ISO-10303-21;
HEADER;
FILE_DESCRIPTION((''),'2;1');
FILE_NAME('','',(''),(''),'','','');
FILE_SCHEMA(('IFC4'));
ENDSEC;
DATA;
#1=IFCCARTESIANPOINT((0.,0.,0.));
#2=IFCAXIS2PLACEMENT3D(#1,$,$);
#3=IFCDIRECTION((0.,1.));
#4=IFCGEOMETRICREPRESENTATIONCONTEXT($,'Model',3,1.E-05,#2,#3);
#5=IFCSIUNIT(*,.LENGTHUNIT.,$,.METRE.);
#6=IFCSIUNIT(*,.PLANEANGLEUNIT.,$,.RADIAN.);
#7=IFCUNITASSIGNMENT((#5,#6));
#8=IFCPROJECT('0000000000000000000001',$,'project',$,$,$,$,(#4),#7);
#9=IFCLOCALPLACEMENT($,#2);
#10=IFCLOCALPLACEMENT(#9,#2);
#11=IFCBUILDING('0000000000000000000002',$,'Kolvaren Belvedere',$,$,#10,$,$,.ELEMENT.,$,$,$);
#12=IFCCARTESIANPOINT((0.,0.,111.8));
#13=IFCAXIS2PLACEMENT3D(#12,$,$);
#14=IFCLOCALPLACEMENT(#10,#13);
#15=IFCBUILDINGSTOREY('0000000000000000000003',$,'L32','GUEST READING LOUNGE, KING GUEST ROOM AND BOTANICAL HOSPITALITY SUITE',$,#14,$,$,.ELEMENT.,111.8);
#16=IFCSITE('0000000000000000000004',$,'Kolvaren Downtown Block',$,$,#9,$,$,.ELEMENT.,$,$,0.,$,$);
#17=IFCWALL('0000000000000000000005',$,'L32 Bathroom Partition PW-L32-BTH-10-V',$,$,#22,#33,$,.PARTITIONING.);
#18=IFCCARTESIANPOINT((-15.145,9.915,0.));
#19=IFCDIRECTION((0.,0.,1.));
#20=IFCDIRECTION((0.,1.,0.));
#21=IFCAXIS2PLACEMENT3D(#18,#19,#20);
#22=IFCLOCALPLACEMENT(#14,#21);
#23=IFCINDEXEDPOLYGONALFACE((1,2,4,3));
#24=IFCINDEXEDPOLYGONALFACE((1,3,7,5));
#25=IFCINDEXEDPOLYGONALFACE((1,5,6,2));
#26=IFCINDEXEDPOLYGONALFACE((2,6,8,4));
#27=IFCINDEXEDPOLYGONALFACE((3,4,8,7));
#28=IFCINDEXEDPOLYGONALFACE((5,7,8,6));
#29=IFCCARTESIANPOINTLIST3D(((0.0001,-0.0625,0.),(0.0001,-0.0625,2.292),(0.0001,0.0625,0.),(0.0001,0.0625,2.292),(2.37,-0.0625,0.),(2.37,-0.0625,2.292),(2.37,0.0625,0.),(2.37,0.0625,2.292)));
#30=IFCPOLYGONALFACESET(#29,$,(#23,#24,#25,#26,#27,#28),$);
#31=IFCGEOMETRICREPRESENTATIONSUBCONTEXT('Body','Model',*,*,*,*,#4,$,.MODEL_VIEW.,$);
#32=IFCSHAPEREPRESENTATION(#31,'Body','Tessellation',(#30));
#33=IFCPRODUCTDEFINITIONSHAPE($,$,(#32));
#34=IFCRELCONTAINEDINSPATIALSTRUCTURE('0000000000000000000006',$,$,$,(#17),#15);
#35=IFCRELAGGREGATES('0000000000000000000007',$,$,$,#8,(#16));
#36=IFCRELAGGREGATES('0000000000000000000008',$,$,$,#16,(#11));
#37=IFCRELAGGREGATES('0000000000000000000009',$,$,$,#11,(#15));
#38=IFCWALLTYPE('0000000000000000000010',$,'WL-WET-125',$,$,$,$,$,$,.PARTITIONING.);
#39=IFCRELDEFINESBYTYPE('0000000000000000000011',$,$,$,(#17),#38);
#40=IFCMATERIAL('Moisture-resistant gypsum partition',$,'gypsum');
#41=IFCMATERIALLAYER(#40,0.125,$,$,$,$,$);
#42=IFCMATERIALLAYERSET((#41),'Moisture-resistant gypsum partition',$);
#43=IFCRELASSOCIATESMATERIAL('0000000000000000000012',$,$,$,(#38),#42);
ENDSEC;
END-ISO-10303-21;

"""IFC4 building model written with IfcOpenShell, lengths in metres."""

from ifc_helpers import new_model, si_unit, direction, frame, frame_2d, origin, place, context, subcontext, project, spatial, rectangle, extrude, material, layer, layer_set, type_object, element, save


model = new_model("IFC4")

# Units and contexts
model_context = context("Model", 3, precision=1e-05, world=origin(), true_north=direction((0.0, 1.0)))
body_context = subcontext(model_context, "Body", "Model", "MODEL_VIEW")
ifc_project = project(units=[si_unit("LENGTHUNIT", "METRE"), si_unit("PLANEANGLEUNIT", "RADIAN")], contexts=[model_context])

# Site, building, storey
site_placement = place(None, origin())
site = spatial("IfcSite", under=ifc_project, at=site_placement, Name="Kolvaren Downtown Block", CompositionType="ELEMENT", RefElevation=0.0)
building_placement = place(site_placement, origin())
building = spatial("IfcBuilding", under=site, at=building_placement, Name="Kolvaren Belvedere", CompositionType="ELEMENT")
storey_placement = place(building_placement, frame((0.0, 0.0, 111.8)))
storey = spatial("IfcBuildingStorey", under=building, at=storey_placement, Name="L32", Description="GUEST READING LOUNGE, KING GUEST ROOM AND BOTANICAL HOSPITALITY SUITE", CompositionType="ELEMENT", Elevation=111.8)

# Shared definitions
ifc_material_1 = material(Name="Moisture-resistant gypsum partition", Category="gypsum")
ifc_layer_1 = layer(ifc_material_1, 0.125)
ifc_layer_set_1 = layer_set([ifc_layer_1], Name="Moisture-resistant gypsum partition")
wall_type_1 = type_object("IfcWallType", Name="WL-WET-125", PredefinedType="PARTITIONING", material=ifc_layer_set_1)

# Wall
wall_1_placement = place(storey_placement, frame((-15.145, 9.915, 0.0), z_axis=(0.0, 0.0, 1.0), x_axis=(0.0, 1.0, 0.0)))
element("IfcWall", 1, at=wall_1_placement, inside=storey, type_object=wall_type_1, Name="L32 Bathroom Partition PW-L32-BTH-10-V", PredefinedType="PARTITIONING", context=body_context, shape_type="SweptSolid", body=[
    extrude(rectangle(XDim=2.3699, YDim=0.125, at=frame_2d((1.1851, 0.0))), origin(), (0.0, 0.0, 1.0), 2.292),
])

save(model, "model.ifc")
